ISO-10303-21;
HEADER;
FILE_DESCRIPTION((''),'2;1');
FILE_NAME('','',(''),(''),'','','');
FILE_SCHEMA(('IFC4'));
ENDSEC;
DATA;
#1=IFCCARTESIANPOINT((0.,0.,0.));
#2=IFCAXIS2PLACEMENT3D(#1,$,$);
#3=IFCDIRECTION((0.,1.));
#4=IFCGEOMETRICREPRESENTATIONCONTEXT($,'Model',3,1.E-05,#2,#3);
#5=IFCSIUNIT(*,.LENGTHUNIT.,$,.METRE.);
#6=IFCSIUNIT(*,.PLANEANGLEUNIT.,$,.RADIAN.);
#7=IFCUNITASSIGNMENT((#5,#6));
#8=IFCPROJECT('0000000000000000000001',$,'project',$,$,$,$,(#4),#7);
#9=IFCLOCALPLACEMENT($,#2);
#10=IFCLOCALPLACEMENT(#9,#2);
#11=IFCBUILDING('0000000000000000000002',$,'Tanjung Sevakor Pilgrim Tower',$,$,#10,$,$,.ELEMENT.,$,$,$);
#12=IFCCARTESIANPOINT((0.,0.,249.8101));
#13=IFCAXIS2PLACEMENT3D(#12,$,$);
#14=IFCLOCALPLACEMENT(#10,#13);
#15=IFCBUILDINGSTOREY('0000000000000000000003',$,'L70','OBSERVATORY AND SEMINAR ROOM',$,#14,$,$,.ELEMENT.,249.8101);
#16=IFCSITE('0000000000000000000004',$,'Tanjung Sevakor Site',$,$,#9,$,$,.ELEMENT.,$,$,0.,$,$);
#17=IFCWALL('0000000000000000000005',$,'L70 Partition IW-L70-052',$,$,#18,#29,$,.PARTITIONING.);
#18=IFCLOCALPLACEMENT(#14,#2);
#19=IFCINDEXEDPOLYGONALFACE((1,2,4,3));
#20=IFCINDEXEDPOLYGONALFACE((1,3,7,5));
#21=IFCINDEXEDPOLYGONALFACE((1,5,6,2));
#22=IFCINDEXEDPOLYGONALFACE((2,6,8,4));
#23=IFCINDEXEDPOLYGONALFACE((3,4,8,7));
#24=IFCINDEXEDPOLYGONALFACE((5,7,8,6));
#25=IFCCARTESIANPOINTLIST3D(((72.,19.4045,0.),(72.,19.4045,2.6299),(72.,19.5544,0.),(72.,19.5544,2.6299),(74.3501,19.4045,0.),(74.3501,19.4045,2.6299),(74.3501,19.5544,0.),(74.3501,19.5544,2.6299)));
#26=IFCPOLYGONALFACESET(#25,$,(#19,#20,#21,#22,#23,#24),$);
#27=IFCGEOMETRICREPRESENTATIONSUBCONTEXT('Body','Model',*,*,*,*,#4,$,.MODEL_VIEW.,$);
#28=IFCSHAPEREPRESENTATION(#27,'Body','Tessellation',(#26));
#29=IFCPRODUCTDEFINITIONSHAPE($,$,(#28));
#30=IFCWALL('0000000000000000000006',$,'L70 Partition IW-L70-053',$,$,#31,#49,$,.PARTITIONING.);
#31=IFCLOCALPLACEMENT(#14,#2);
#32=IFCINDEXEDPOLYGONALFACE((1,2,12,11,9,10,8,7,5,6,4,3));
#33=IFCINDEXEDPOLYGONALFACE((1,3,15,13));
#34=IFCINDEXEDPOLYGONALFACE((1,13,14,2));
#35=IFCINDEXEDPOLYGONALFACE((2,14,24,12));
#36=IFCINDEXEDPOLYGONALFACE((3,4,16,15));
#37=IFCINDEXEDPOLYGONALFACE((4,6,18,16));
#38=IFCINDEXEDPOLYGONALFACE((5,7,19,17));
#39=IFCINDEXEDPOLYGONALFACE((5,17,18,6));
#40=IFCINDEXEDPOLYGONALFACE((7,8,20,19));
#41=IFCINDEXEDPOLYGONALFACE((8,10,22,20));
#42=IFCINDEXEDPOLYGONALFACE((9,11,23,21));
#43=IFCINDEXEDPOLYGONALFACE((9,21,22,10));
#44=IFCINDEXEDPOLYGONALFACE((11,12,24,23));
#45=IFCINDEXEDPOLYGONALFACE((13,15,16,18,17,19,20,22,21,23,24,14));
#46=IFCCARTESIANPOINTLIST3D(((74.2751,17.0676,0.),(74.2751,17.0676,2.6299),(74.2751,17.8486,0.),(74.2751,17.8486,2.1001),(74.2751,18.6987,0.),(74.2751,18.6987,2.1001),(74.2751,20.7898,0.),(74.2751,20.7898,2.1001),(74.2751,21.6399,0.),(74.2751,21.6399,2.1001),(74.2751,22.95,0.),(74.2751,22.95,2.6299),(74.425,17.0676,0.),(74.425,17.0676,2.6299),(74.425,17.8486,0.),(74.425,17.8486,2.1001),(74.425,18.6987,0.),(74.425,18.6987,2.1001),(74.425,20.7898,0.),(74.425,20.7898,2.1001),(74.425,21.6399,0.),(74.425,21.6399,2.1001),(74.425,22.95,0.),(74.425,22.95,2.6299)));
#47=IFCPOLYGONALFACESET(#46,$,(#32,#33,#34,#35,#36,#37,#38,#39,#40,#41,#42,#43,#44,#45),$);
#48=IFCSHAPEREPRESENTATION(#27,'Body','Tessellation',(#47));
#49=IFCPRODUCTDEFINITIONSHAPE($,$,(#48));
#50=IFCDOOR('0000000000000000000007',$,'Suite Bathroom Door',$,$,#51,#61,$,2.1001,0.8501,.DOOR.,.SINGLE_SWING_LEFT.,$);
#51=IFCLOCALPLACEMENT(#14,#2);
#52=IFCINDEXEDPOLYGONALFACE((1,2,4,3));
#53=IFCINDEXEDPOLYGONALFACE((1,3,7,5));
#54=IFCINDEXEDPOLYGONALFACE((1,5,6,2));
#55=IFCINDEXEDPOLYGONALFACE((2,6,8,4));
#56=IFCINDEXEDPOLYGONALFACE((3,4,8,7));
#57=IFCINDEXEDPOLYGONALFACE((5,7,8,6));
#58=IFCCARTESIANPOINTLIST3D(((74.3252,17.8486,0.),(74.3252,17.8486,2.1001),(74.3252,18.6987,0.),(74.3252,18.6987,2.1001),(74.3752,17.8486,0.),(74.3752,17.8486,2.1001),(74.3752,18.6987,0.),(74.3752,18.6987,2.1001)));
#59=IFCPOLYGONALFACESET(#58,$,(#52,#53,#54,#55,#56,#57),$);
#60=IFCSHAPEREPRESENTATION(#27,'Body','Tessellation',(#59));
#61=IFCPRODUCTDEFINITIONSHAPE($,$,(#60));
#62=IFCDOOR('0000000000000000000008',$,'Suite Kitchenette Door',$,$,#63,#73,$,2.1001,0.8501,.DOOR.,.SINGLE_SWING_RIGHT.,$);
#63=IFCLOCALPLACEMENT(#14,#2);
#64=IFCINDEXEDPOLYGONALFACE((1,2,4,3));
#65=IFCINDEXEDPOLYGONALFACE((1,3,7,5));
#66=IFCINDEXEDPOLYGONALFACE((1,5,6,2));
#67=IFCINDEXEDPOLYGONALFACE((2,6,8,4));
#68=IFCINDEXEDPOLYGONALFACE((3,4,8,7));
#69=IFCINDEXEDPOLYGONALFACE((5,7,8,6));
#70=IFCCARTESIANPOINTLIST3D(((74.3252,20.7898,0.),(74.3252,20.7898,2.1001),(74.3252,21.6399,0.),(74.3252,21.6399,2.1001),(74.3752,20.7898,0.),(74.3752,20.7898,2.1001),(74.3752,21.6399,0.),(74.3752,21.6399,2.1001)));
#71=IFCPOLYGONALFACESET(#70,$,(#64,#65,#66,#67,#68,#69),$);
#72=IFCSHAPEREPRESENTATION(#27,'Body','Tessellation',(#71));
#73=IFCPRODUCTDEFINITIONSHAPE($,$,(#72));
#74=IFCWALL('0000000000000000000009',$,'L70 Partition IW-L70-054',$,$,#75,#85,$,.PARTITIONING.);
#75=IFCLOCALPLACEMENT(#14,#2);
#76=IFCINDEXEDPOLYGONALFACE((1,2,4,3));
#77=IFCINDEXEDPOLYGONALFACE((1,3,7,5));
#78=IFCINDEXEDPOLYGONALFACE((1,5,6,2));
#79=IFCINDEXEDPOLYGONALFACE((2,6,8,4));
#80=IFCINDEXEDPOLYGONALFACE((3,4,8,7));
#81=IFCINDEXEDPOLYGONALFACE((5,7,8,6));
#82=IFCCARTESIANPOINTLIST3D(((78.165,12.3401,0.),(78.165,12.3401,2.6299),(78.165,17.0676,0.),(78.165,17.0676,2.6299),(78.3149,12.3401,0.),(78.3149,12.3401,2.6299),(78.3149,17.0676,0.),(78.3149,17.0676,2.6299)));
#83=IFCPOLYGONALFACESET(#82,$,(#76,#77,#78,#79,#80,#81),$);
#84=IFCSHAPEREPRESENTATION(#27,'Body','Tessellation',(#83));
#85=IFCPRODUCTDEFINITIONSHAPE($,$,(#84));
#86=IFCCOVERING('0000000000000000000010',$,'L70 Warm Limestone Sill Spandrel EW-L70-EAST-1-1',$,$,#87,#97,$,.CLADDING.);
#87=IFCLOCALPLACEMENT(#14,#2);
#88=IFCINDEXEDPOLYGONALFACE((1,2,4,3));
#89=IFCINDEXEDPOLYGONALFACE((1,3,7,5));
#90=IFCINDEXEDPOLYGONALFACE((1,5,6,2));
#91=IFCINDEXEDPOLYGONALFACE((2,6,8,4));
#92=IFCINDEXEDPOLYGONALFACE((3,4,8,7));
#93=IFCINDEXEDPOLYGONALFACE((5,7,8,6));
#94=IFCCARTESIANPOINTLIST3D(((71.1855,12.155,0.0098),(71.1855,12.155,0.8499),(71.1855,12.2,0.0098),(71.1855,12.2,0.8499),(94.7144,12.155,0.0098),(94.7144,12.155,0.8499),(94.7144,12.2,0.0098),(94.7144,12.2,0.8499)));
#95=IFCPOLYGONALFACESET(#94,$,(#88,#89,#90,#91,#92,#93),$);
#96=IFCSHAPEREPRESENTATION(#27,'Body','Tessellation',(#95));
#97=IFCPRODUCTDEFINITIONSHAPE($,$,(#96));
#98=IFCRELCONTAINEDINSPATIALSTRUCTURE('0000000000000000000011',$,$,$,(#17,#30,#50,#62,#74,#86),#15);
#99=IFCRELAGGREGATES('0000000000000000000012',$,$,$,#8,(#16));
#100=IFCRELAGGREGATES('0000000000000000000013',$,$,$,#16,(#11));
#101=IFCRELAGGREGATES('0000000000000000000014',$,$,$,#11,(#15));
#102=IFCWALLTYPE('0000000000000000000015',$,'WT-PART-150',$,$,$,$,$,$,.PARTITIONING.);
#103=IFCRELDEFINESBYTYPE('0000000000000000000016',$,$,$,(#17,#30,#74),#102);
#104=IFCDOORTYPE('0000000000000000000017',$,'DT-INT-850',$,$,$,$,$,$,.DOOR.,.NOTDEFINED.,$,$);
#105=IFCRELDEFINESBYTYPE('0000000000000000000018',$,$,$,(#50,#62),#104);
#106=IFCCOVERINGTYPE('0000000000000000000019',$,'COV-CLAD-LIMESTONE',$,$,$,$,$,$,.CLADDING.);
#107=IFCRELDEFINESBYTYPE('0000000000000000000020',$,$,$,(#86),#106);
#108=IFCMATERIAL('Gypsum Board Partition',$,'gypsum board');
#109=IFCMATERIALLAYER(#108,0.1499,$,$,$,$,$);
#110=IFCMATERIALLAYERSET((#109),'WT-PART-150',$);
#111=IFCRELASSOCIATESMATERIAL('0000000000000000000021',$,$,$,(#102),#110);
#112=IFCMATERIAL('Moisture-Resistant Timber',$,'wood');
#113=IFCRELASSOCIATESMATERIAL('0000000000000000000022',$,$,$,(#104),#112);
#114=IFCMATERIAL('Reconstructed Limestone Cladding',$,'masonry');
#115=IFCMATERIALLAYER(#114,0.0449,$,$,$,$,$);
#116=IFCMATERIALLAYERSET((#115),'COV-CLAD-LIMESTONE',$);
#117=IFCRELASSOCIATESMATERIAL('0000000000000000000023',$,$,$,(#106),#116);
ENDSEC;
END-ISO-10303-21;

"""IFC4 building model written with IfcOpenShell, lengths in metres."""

from ifc_helpers import new_model, si_unit, direction, frame, frame_2d, origin, origin_2d, place, context, subcontext, project, spatial, rectangle, extrude, material, layer, layer_set, type_object, element, fill, save


model = new_model("IFC4")

# Units and contexts
model_context = context("Model", 3, precision=1e-05, world=origin(), true_north=direction((0.0, 1.0)))
body_context = subcontext(model_context, "Body", "Model", "MODEL_VIEW")
ifc_project = project(units=[si_unit("LENGTHUNIT", "METRE"), si_unit("PLANEANGLEUNIT", "RADIAN")], contexts=[model_context])

# Site, building, storey
site_placement = place(None, origin())
site = spatial("IfcSite", under=ifc_project, at=site_placement, Name="Tanjung Sevakor Site", CompositionType="ELEMENT", RefElevation=0.0)
building_placement = place(site_placement, origin())
building = spatial("IfcBuilding", under=site, at=building_placement, Name="Tanjung Sevakor Pilgrim Tower", CompositionType="ELEMENT")
storey_placement = place(building_placement, frame((0.0, 0.0, 249.8101)))
storey = spatial("IfcBuildingStorey", under=building, at=storey_placement, Name="L70", Description="OBSERVATORY AND SEMINAR ROOM", CompositionType="ELEMENT", Elevation=249.8101)

# Wall
ifc_material_1 = material(Name="Gypsum Board Partition", Category="gypsum board")
ifc_layer_1 = layer(ifc_material_1, 0.1499)
ifc_layer_set_1 = layer_set([ifc_layer_1], Name="WT-PART-150")
wall_type_1 = type_object("IfcWallType", Name="WT-PART-150", PredefinedType="PARTITIONING", material=ifc_layer_set_1)
wall_1_placement = place(storey_placement, frame((72.0, 19.4795, 0.0), z_axis=(0.0, 0.0, 1.0), x_axis=(1.0, 0.0, 0.0)))
element("IfcWall", 1, at=wall_1_placement, inside=storey, type_object=wall_type_1, Name="L70 Partition IW-L70-052", PredefinedType="PARTITIONING", context=body_context, shape_type="SweptSolid", body=[
    extrude(rectangle(XDim=2.3501, YDim=0.1499, at=frame_2d((1.175, 0.0))), origin(), (0.0, 0.0, 1.0), 2.6299),
])

# Wall, openings, doors
wall_2_placement = place(storey_placement, frame((74.3501, 17.0676, 0.0), z_axis=(0.0, 0.0, 1.0), x_axis=(0.0, 1.0, 0.0)))
wall_2 = element("IfcWall", 2, at=wall_2_placement, inside=storey, type_object=wall_type_1, Name="L70 Partition IW-L70-053", PredefinedType="PARTITIONING", context=body_context, shape_type="SweptSolid", body=[
    extrude(rectangle(XDim=5.8823, YDim=0.1499, at=frame_2d((2.9412, 0.0))), origin(), (0.0, 0.0, 1.0), 2.6299),
])
opening_1_placement = place(wall_2_placement, frame((0.781, 0.0, 0.0)))
opening_1 = element("IfcOpeningElement", 3, at=opening_1_placement, cuts=wall_2, PredefinedType="OPENING", context=body_context, shape_type="SweptSolid", body=[
    extrude(rectangle(XDim=0.8501, YDim=2.1001, at=frame_2d((0.425, 1.05))), frame((0.0, 0.085, 0.0), z_axis=(0.0, -1.0, 0.0), x_axis=(1.0, 0.0, 0.0)), (0.0, 0.0, 1.0), 0.1699),
])
opening_2_placement = place(wall_2_placement, frame((3.7222, 0.0, 0.0)))
opening_2 = element("IfcOpeningElement", 4, at=opening_2_placement, cuts=wall_2, PredefinedType="OPENING", context=body_context, shape_type="SweptSolid", body=[
    extrude(rectangle(XDim=0.8501, YDim=2.1001, at=frame_2d((0.425, 1.05))), frame((0.0, 0.085, 0.0), z_axis=(0.0, -1.0, 0.0), x_axis=(1.0, 0.0, 0.0)), (0.0, 0.0, 1.0), 0.1699),
])
ifc_material_2 = material(Name="Moisture-Resistant Timber", Category="wood")
door_type_1 = type_object("IfcDoorType", Name="DT-INT-850", OperationType="NOTDEFINED", PredefinedType="DOOR", material=ifc_material_2)
door_1_placement = place(opening_1_placement, origin())
door_1 = element("IfcDoor", 5, at=door_1_placement, inside=storey, type_object=door_type_1, Name="Suite Bathroom Door", OperationType="SINGLE_SWING_LEFT", OverallHeight=2.1001, OverallWidth=0.8501, PredefinedType="DOOR", context=body_context, shape_type="SweptSolid", body=[
    extrude(rectangle(XDim=0.8501, YDim=2.1001, at=frame_2d((0.425, 1.05))), frame((0.0, 0.0249, 0.0), z_axis=(0.0, -1.0, 0.0), x_axis=(1.0, 0.0, 0.0)), (0.0, 0.0, 1.0), 0.05),
])
fill(opening_1, door_1)
door_2_placement = place(opening_2_placement, origin())
door_2 = element("IfcDoor", 6, at=door_2_placement, inside=storey, type_object=door_type_1, Name="Suite Kitchenette Door", OperationType="SINGLE_SWING_RIGHT", OverallHeight=2.1001, OverallWidth=0.8501, PredefinedType="DOOR", context=body_context, shape_type="SweptSolid", body=[
    extrude(rectangle(XDim=0.8501, YDim=2.1001, at=frame_2d((0.425, 1.05))), frame((0.0, 0.0249, 0.0), z_axis=(0.0, -1.0, 0.0), x_axis=(1.0, 0.0, 0.0)), (0.0, 0.0, 1.0), 0.05),
])
fill(opening_2, door_2)

# Wall
wall_3_placement = place(storey_placement, frame((78.24, 12.3401, 0.0), z_axis=(0.0, 0.0, 1.0), x_axis=(0.0, 1.0, 0.0)))
element("IfcWall", 7, at=wall_3_placement, inside=storey, type_object=wall_type_1, Name="L70 Partition IW-L70-054", PredefinedType="PARTITIONING", context=body_context, shape_type="SweptSolid", body=[
    extrude(rectangle(XDim=4.7275, YDim=0.1499, at=frame_2d((2.3638, 0.0))), origin(), (0.0, 0.0, 1.0), 2.6299),
])

# Covering
ifc_material_3 = material(Name="Reconstructed Limestone Cladding", Category="masonry")
ifc_layer_2 = layer(ifc_material_3, 0.0449)
ifc_layer_set_2 = layer_set([ifc_layer_2], Name="COV-CLAD-LIMESTONE")
covering_type = type_object("IfcCoveringType", Name="COV-CLAD-LIMESTONE", PredefinedType="CLADDING", material=ifc_layer_set_2)
covering_placement = place(storey_placement, frame((82.95, 12.1775, 0.0098), z_axis=(0.0, 0.0, 1.0), x_axis=(1.0, 0.0, 0.0)))
element("IfcCovering", 8, at=covering_placement, inside=storey, type_object=covering_type, Name="L70 Warm Limestone Sill Spandrel EW-L70-EAST-1-1", PredefinedType="CLADDING", context=body_context, shape_type="SweptSolid", body=[
    extrude(rectangle(XDim=23.5288, YDim=0.0449, at=origin_2d()), origin(), (0.0, 0.0, 1.0), 0.8401),
])

save(model, "model.ifc")
